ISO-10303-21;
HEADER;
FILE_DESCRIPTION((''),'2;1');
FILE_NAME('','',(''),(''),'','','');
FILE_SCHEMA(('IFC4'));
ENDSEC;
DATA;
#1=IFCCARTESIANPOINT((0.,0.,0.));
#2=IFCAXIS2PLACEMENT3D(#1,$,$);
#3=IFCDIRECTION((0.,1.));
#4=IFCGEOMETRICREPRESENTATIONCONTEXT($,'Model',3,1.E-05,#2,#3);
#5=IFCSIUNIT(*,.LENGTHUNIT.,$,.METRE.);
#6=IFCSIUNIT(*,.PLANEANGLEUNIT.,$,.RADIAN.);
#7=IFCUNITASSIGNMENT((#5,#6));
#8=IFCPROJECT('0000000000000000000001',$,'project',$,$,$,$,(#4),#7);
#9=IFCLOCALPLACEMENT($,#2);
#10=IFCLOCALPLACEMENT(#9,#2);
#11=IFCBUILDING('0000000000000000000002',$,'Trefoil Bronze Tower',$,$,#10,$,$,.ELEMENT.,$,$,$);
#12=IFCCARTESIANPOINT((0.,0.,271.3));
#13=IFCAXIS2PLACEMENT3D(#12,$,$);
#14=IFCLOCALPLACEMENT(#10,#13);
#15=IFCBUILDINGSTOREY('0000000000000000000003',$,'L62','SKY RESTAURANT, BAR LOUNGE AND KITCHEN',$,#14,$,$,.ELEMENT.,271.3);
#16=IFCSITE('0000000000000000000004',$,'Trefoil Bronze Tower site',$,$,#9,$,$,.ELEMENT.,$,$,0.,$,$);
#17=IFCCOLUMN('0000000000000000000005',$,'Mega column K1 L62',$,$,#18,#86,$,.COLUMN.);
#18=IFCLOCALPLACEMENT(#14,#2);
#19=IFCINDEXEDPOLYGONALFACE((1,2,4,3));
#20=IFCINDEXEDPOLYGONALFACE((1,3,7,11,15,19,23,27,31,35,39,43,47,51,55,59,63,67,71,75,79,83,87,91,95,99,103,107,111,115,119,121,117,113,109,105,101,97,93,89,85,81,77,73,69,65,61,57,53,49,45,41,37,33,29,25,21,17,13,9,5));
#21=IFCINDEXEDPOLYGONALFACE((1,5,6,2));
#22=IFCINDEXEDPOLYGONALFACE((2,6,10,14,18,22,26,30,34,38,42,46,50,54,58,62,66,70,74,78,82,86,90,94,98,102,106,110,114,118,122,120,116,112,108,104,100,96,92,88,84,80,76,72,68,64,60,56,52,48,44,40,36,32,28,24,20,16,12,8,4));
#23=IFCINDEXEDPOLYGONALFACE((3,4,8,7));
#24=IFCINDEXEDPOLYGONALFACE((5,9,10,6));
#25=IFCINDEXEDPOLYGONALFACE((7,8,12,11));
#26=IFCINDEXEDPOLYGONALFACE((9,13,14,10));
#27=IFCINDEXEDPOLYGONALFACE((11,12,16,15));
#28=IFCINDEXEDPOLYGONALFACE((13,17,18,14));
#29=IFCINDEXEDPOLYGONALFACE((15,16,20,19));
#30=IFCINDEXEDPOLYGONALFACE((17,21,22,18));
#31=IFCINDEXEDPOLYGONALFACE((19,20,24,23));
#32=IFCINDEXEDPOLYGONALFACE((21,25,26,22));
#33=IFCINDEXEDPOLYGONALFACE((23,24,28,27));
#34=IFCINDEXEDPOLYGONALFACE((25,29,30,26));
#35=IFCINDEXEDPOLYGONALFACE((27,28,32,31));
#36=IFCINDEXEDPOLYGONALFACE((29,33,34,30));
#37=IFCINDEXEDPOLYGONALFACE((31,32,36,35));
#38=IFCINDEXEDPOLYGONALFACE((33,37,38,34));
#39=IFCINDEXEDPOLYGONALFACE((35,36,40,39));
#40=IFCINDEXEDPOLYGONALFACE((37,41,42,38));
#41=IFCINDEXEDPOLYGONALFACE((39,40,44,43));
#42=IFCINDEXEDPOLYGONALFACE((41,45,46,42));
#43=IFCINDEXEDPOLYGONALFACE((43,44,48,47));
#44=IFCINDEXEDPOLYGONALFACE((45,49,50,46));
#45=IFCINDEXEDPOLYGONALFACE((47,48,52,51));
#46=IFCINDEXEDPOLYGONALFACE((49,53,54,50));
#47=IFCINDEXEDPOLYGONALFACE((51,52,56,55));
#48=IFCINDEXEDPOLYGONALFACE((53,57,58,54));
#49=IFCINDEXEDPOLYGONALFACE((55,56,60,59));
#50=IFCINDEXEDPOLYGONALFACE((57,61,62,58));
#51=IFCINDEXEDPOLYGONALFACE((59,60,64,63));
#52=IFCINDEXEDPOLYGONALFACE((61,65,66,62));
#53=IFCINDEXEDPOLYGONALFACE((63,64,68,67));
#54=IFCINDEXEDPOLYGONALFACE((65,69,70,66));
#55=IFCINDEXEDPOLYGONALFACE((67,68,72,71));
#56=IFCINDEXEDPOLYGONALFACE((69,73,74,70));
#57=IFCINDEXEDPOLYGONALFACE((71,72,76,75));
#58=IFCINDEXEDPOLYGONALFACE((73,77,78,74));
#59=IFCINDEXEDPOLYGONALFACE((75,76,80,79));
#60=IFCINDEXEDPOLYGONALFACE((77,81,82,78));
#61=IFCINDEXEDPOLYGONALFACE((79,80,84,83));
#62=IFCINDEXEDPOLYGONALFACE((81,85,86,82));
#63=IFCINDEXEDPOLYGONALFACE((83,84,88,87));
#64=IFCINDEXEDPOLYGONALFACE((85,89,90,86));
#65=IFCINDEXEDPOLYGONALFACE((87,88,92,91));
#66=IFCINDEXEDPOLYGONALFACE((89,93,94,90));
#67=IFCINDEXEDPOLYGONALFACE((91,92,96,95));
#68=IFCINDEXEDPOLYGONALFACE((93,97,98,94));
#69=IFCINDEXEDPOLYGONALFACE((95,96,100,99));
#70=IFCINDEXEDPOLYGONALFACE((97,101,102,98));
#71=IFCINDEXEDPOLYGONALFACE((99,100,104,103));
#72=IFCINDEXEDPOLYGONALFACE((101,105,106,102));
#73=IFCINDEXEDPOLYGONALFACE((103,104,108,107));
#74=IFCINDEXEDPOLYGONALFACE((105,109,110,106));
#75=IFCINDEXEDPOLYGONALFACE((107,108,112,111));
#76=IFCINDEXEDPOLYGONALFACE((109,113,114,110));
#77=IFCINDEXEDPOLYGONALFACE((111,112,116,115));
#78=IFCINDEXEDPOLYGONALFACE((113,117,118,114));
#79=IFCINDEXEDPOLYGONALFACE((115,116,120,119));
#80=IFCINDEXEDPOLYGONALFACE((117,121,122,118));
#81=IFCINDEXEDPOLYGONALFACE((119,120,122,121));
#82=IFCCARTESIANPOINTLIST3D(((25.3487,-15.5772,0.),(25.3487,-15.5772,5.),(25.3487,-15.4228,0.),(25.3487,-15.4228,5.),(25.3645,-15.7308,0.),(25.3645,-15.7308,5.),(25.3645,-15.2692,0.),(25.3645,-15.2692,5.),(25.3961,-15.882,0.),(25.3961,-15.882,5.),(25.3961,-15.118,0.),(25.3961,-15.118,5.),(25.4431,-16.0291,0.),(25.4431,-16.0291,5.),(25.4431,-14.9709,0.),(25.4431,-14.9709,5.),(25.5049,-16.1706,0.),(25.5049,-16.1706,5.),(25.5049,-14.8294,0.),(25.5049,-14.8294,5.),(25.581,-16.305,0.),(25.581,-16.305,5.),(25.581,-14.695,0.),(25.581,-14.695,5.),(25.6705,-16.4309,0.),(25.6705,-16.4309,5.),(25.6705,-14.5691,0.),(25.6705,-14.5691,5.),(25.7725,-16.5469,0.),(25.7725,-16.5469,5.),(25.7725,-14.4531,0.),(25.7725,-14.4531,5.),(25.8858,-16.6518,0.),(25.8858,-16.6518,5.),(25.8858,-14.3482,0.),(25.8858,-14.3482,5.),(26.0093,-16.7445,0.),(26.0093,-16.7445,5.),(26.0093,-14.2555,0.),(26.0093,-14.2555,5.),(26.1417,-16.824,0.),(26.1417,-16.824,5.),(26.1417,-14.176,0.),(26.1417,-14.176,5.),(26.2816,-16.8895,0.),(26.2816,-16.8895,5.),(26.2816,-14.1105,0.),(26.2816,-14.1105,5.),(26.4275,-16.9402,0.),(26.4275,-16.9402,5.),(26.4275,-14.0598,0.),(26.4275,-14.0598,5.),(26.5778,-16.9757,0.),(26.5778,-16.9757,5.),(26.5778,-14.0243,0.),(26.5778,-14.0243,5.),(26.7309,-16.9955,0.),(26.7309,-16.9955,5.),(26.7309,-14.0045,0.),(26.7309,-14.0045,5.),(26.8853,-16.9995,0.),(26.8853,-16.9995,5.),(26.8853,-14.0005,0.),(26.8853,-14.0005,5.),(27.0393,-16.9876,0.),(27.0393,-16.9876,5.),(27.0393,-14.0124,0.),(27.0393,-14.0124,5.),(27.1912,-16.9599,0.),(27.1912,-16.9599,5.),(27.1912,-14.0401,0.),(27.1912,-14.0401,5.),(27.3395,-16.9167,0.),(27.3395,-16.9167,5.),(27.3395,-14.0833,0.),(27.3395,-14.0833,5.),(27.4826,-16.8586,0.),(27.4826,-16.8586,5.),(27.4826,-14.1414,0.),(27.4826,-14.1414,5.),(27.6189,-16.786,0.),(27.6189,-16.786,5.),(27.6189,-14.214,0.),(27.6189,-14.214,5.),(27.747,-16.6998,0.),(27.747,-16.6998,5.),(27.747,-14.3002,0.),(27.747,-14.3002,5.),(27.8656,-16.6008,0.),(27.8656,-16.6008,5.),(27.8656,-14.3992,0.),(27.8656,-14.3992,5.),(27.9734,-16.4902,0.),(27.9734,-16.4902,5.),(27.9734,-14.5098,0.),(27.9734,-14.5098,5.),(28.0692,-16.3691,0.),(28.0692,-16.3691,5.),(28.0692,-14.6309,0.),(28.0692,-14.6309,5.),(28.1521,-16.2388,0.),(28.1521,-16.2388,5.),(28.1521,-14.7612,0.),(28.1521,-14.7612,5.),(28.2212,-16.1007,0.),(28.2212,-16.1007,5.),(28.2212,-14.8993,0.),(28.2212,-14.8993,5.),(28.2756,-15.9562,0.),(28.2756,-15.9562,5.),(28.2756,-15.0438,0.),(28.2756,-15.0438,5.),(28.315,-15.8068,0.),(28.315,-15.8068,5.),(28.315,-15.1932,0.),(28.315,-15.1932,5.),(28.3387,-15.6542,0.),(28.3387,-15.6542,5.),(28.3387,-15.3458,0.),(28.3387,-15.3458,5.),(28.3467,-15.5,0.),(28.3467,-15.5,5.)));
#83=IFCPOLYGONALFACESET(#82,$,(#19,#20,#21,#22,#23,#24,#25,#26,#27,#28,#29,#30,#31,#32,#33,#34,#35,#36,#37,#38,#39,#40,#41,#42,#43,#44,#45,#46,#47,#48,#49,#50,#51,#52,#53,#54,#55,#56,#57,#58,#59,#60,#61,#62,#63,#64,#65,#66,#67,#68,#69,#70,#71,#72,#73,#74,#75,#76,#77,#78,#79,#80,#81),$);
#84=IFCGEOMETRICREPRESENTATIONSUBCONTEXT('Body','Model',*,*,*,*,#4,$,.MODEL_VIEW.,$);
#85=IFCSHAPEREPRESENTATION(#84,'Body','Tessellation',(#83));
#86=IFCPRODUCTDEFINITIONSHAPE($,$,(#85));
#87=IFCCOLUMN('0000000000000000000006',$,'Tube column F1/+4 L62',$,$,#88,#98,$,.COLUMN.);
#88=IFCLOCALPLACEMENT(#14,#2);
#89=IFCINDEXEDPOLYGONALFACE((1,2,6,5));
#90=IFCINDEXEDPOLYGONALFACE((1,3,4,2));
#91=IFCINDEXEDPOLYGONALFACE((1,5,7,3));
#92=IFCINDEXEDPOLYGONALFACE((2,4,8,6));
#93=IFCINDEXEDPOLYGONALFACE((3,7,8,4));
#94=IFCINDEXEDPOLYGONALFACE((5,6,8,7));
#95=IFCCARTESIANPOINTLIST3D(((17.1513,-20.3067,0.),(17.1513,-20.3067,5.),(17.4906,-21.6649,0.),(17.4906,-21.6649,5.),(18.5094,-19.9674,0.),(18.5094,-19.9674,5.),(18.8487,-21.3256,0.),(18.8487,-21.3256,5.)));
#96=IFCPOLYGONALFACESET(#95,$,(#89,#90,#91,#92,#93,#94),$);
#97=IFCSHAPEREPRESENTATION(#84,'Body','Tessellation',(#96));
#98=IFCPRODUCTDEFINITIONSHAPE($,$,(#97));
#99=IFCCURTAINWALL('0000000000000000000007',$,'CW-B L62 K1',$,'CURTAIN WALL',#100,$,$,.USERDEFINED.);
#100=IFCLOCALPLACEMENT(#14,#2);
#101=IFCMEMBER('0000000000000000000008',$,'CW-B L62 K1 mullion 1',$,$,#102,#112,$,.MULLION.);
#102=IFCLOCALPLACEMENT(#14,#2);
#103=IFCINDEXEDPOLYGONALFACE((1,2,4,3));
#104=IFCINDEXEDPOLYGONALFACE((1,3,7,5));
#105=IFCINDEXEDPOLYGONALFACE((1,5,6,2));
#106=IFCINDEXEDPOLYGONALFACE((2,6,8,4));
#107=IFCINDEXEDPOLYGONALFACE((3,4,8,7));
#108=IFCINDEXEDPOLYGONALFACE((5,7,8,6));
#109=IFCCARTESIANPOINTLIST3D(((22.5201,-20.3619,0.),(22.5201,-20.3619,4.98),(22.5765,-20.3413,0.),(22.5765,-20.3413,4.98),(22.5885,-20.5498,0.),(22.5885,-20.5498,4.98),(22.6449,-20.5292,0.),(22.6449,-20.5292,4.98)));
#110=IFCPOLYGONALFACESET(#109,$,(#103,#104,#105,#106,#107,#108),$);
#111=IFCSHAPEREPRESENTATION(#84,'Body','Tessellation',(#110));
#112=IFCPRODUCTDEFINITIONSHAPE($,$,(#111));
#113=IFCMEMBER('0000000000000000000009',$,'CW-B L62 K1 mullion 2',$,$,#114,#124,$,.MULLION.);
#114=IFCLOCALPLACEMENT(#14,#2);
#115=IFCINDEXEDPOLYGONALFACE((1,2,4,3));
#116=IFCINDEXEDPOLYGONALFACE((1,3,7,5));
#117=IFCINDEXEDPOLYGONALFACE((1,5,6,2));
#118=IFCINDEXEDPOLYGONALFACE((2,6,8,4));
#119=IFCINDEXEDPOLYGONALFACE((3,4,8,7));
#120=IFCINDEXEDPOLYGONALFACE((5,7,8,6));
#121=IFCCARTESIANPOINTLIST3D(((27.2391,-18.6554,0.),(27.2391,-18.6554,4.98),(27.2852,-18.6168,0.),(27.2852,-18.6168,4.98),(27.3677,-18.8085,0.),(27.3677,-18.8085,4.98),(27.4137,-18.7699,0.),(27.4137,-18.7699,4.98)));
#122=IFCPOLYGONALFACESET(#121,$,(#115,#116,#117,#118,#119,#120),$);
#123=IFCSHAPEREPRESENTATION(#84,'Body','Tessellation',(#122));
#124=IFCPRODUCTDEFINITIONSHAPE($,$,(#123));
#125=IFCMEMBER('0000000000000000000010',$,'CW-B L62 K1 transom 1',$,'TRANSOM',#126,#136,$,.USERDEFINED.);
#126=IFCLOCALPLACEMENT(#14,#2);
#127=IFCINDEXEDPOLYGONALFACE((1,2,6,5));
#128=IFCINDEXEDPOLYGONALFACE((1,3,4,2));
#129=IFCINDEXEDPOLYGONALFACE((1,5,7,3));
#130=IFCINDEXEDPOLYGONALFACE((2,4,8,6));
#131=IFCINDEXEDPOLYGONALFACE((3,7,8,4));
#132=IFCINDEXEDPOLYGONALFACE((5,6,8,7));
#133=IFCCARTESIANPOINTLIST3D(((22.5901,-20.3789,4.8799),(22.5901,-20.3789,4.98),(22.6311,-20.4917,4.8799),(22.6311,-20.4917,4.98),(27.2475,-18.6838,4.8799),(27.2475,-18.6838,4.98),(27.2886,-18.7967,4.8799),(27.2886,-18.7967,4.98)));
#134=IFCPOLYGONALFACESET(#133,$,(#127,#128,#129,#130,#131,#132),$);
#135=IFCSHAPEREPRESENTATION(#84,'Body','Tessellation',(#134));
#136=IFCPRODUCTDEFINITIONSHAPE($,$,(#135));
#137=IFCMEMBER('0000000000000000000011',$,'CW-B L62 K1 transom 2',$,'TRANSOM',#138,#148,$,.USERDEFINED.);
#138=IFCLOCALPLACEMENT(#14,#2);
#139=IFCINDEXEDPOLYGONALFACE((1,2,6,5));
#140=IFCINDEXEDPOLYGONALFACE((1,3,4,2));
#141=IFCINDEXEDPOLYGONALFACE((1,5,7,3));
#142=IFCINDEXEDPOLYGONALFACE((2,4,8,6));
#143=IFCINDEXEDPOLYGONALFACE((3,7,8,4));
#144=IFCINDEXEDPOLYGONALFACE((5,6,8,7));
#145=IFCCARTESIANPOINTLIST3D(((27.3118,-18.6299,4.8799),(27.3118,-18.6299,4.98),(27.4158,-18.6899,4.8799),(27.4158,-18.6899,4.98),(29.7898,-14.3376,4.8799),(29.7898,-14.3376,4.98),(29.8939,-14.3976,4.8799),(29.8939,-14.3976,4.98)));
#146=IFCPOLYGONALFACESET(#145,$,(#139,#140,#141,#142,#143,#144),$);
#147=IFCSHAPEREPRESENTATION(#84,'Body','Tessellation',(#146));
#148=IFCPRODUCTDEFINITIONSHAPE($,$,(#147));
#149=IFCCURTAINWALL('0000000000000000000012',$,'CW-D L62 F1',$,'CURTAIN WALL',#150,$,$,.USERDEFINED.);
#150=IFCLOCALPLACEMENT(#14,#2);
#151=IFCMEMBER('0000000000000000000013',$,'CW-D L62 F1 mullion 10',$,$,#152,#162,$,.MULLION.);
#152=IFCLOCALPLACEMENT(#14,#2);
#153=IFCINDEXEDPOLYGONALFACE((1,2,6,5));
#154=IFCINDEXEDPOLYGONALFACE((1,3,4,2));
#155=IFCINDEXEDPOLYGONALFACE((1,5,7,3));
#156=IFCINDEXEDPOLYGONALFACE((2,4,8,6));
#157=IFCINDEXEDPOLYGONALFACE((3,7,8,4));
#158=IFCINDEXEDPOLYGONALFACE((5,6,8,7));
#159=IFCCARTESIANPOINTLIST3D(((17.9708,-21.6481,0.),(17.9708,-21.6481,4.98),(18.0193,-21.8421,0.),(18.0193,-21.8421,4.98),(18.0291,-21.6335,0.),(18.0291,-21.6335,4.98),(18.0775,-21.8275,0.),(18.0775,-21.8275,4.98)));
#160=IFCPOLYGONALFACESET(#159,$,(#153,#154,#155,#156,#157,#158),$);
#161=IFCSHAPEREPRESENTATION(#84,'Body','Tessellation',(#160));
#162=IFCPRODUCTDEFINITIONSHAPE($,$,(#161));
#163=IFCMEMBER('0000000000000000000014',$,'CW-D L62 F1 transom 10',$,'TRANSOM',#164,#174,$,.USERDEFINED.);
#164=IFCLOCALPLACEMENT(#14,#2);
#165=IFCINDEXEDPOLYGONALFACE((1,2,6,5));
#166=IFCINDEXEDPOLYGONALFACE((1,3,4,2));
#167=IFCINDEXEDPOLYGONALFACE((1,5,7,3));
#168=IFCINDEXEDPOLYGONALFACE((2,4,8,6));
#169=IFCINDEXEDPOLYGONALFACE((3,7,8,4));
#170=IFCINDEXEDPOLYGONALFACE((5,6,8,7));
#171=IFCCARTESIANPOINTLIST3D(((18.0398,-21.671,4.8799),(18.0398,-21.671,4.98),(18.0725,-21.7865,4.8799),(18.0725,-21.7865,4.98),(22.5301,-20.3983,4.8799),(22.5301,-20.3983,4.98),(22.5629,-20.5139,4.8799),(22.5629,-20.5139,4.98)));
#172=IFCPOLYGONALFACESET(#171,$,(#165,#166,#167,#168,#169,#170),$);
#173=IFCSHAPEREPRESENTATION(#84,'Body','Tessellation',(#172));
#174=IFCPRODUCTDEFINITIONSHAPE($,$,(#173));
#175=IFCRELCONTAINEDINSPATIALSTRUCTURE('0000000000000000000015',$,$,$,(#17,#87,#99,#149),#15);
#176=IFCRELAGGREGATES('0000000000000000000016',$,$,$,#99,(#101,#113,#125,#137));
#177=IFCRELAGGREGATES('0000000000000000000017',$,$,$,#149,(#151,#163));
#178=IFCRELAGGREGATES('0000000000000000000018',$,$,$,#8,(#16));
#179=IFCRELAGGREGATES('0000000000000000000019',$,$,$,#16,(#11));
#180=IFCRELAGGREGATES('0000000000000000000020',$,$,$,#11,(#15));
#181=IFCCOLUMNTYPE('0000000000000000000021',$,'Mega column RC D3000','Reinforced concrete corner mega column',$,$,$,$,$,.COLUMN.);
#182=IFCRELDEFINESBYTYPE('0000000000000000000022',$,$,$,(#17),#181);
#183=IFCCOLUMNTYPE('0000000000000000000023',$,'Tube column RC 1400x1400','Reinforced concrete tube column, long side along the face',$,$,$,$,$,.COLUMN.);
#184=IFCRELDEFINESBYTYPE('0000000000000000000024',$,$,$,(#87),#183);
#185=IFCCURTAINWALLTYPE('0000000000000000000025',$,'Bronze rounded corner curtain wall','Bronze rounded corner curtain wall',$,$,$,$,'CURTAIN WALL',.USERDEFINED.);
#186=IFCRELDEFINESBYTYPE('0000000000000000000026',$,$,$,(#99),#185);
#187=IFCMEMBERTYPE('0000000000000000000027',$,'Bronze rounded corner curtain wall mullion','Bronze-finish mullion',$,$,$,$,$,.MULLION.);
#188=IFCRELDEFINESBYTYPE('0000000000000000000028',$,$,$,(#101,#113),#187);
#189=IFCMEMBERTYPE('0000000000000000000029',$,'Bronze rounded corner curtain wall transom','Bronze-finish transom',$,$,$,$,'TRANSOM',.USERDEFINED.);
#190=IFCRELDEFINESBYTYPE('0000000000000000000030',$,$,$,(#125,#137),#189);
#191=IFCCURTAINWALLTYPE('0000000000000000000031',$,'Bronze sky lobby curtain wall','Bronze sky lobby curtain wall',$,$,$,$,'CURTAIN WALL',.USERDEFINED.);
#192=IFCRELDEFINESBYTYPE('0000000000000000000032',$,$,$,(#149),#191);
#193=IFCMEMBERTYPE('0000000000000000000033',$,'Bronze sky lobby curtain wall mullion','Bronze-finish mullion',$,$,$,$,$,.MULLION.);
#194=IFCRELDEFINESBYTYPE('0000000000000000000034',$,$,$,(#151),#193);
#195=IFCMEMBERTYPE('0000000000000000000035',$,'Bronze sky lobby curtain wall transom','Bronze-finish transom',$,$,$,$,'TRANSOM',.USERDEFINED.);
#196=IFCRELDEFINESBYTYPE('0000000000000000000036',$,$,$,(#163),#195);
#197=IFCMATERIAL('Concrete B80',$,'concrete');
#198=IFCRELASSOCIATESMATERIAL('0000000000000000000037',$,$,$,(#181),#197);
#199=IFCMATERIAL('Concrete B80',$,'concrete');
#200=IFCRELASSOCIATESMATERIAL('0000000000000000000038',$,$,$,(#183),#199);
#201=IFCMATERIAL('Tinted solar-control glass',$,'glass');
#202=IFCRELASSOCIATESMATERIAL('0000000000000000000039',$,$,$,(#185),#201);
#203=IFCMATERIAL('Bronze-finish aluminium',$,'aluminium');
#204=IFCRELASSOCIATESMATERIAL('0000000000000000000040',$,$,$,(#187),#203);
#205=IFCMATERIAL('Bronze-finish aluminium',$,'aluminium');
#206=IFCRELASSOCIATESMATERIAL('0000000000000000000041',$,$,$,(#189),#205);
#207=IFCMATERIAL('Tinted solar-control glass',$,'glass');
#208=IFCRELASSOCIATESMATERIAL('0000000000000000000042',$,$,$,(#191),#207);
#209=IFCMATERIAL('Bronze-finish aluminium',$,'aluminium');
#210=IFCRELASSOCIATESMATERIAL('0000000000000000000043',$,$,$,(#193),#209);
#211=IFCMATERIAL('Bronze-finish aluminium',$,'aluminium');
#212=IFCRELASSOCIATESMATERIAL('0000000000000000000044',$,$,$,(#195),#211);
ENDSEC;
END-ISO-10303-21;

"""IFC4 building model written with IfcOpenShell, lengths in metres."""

from ifc_helpers import new_model, si_unit, direction, frame, origin, origin_2d, place, context, subcontext, project, spatial, rectangle, circle, extrude, material, material_profile, profile_set, type_object, element, aggregate, save


model = new_model("IFC4")

# Units and contexts
model_context = context("Model", 3, precision=1e-05, world=origin(), true_north=direction((0.0, 1.0)))
body_context = subcontext(model_context, "Body", "Model", "MODEL_VIEW")
ifc_project = project(units=[si_unit("LENGTHUNIT", "METRE"), si_unit("PLANEANGLEUNIT", "RADIAN")], contexts=[model_context])

# Site, building, storey
site_placement = place(None, origin())
site = spatial("IfcSite", under=ifc_project, at=site_placement, Name="Trefoil Bronze Tower site", CompositionType="ELEMENT", RefElevation=0.0)
building_placement = place(site_placement, origin())
building = spatial("IfcBuilding", under=site, at=building_placement, Name="Trefoil Bronze Tower", CompositionType="ELEMENT")
storey_placement = place(building_placement, frame((0.0, 0.0, 271.3)))
storey = spatial("IfcBuildingStorey", under=building, at=storey_placement, Name="L62", Description="SKY RESTAURANT, BAR LOUNGE AND KITCHEN", CompositionType="ELEMENT", Elevation=271.3)

# Columns
ifc_material_1 = material(Name="Concrete B80", Category="concrete")
ifc_material_profile_1 = material_profile(ifc_material_1, circle(Radius=1.5, at=origin_2d()), Name="RC D3000")
ifc_profile_set_1 = profile_set([ifc_material_profile_1], Name="Concrete B80")
column_type_1 = type_object("IfcColumnType", Name="Mega column RC D3000", Description="Reinforced concrete corner mega column", PredefinedType="COLUMN", material=ifc_profile_set_1)
column_1_placement = place(storey_placement, frame((26.8467, -15.5, 0.0), z_axis=(0.0, 0.0, 1.0), x_axis=(1.0, 0.0, 0.0)))
element("IfcColumn", 1, at=column_1_placement, inside=storey, type_object=column_type_1, Name="Mega column K1 L62", PredefinedType="COLUMN", context=body_context, shape_type="SweptSolid", body=[
    extrude(circle(Radius=1.5, at=origin_2d()), origin(), (0.0, 0.0, 1.0), 5.0),
])
ifc_material_2 = material(Name="Concrete B80", Category="concrete")
ifc_material_profile_2 = material_profile(ifc_material_2, rectangle(XDim=1.3999, YDim=1.3999, at=origin_2d()), Name="RC 1400x1400")
ifc_profile_set_2 = profile_set([ifc_material_profile_2], Name="Concrete B80")
column_type_2 = type_object("IfcColumnType", Name="Tube column RC 1400x1400", Description="Reinforced concrete tube column, long side along the face", PredefinedType="COLUMN", material=ifc_profile_set_2)
column_2_placement = place(storey_placement, frame((18.0, -20.8162, 0.0), z_axis=(0.0, 0.0, 1.0), x_axis=(0.970178, 0.242394, 0.0)))
element("IfcColumn", 2, at=column_2_placement, inside=storey, type_object=column_type_2, Name="Tube column F1/+4 L62", PredefinedType="COLUMN", context=body_context, shape_type="SweptSolid", body=[
    extrude(rectangle(XDim=1.3999, YDim=1.3999, at=origin_2d()), origin(), (0.0, 0.0, 1.0), 5.0),
])

# Curtain walls, members
ifc_material_3 = material(Name="Tinted solar-control glass", Category="glass")
curtain_wall_type_1 = type_object("IfcCurtainWallType", Name="Bronze rounded corner curtain wall", Description="Bronze rounded corner curtain wall", ElementType="CURTAIN WALL", PredefinedType="USERDEFINED", material=ifc_material_3)
curtain_wall_1_placement = place(storey_placement, origin())
curtain_wall_1 = element("IfcCurtainWall", 3, at=curtain_wall_1_placement, inside=storey, type_object=curtain_wall_type_1, Name="CW-B L62 K1", ObjectType="CURTAIN WALL", PredefinedType="USERDEFINED")
ifc_material_4 = material(Name="Bronze-finish aluminium", Category="aluminium")
ifc_material_profile_3 = material_profile(ifc_material_4, rectangle(XDim=0.2, YDim=0.0601, at=origin_2d()), Name="CW-B mullion")
ifc_profile_set_3 = profile_set([ifc_material_profile_3], Name="Bronze-finish aluminium")
member_type_1 = type_object("IfcMemberType", Name="Bronze rounded corner curtain wall mullion", Description="Bronze-finish mullion", PredefinedType="MULLION", material=ifc_profile_set_3)
member_1_placement = place(storey_placement, frame((22.5825, -20.4456, 0.0), z_axis=(0.0, 0.0, 1.0), x_axis=(-0.34202, 0.939693, 0.0)))
member_1 = element("IfcMember", 4, at=member_1_placement, type_object=member_type_1, Name="CW-B L62 K1 mullion 1", PredefinedType="MULLION", context=body_context, shape_type="SweptSolid", body=[
    extrude(rectangle(XDim=0.2, YDim=0.0601, at=origin_2d()), origin(), (0.0, 0.0, 1.0), 4.98),
])
member_2_placement = place(storey_placement, frame((27.3264, -18.7126, 0.0), z_axis=(0.0, 0.0, 1.0), x_axis=(-0.642788, 0.766044, 0.0)))
member_2 = element("IfcMember", 5, at=member_2_placement, type_object=member_type_1, Name="CW-B L62 K1 mullion 2", PredefinedType="MULLION", context=body_context, shape_type="SweptSolid", body=[
    extrude(rectangle(XDim=0.2, YDim=0.0601, at=origin_2d()), origin(), (0.0, 0.0, 1.0), 4.98),
])
ifc_material_5 = material(Name="Bronze-finish aluminium", Category="aluminium")
ifc_material_profile_4 = material_profile(ifc_material_5, rectangle(XDim=0.1201, YDim=0.1001, at=origin_2d()), Name="CW-B transom")
ifc_profile_set_4 = profile_set([ifc_material_profile_4], Name="Bronze-finish aluminium")
member_type_2 = type_object("IfcMemberType", Name="Bronze rounded corner curtain wall transom", Description="Bronze-finish transom", ElementType="TRANSOM", PredefinedType="USERDEFINED", material=ifc_profile_set_4)
member_3_placement = place(storey_placement, frame((22.6106, -20.4353, 4.9299), z_axis=(0.9397, 0.342, 0.0), x_axis=(-0.342, 0.9397, 0.0)))
member_3 = element("IfcMember", 6, at=member_3_placement, type_object=member_type_2, Name="CW-B L62 K1 transom 1", ObjectType="TRANSOM", PredefinedType="USERDEFINED", context=body_context, shape_type="SweptSolid", body=[
    extrude(rectangle(XDim=0.1201, YDim=0.1001, at=origin_2d()), origin(), (0.0, 0.0, 1.0), 4.9563),
])
member_4_placement = place(storey_placement, frame((27.3638, -18.6599, 4.9299), z_axis=(0.499985, 0.866034, 0.0), x_axis=(-0.866034, 0.499985, 0.0)))
member_4 = element("IfcMember", 7, at=member_4_placement, type_object=member_type_2, Name="CW-B L62 K1 transom 2", ObjectType="TRANSOM", PredefinedType="USERDEFINED", context=body_context, shape_type="SweptSolid", body=[
    extrude(rectangle(XDim=0.1201, YDim=0.1001, at=origin_2d()), origin(), (0.0, 0.0, 1.0), 4.9563),
])
ifc_material_6 = material(Name="Tinted solar-control glass", Category="glass")
curtain_wall_type_2 = type_object("IfcCurtainWallType", Name="Bronze sky lobby curtain wall", Description="Bronze sky lobby curtain wall", ElementType="CURTAIN WALL", PredefinedType="USERDEFINED", material=ifc_material_6)
curtain_wall_2_placement = place(storey_placement, origin())
curtain_wall_2 = element("IfcCurtainWall", 8, at=curtain_wall_2_placement, inside=storey, type_object=curtain_wall_type_2, Name="CW-D L62 F1", ObjectType="CURTAIN WALL", PredefinedType="USERDEFINED")
ifc_material_7 = material(Name="Bronze-finish aluminium", Category="aluminium")
ifc_material_profile_5 = material_profile(ifc_material_7, rectangle(XDim=0.2, YDim=0.0601, at=origin_2d()), Name="CW-D mullion")
ifc_profile_set_5 = profile_set([ifc_material_profile_5], Name="Bronze-finish aluminium")
member_type_3 = type_object("IfcMemberType", Name="Bronze sky lobby curtain wall mullion", Description="Bronze-finish mullion", PredefinedType="MULLION", material=ifc_profile_set_5)
member_5_placement = place(storey_placement, frame((18.0242, -21.7378, 0.0), z_axis=(0.0, 0.0, 1.0), x_axis=(-0.242394, 0.970178, 0.0)))
member_5 = element("IfcMember", 9, at=member_5_placement, type_object=member_type_3, Name="CW-D L62 F1 mullion 10", PredefinedType="MULLION", context=body_context, shape_type="SweptSolid", body=[
    extrude(rectangle(XDim=0.2, YDim=0.0601, at=origin_2d()), origin(), (0.0, 0.0, 1.0), 4.98),
])
ifc_material_8 = material(Name="Bronze-finish aluminium", Category="aluminium")
ifc_material_profile_6 = material_profile(ifc_material_8, rectangle(XDim=0.1201, YDim=0.1001, at=origin_2d()), Name="CW-D transom")
ifc_profile_set_6 = profile_set([ifc_material_profile_6], Name="Bronze-finish aluminium")
member_type_4 = type_object("IfcMemberType", Name="Bronze sky lobby curtain wall transom", Description="Bronze-finish transom", ElementType="TRANSOM", PredefinedType="USERDEFINED", material=ifc_profile_set_6)
member_6_placement = place(storey_placement, frame((18.0562, -21.7288, 4.9299), z_axis=(0.962104, 0.272682, 0.0), x_axis=(-0.272682, 0.962104, 0.0)))
member_6 = element("IfcMember", 10, at=member_6_placement, type_object=member_type_4, Name="CW-D L62 F1 transom 10", ObjectType="TRANSOM", PredefinedType="USERDEFINED", context=body_context, shape_type="SweptSolid", body=[
    extrude(rectangle(XDim=0.1201, YDim=0.1001, at=origin_2d()), origin(), (0.0, 0.0, 1.0), 4.6672),
])

aggregate(curtain_wall_1, [member_1, member_2, member_3, member_4])
aggregate(curtain_wall_2, [member_5, member_6])

save(model, "model.ifc")
